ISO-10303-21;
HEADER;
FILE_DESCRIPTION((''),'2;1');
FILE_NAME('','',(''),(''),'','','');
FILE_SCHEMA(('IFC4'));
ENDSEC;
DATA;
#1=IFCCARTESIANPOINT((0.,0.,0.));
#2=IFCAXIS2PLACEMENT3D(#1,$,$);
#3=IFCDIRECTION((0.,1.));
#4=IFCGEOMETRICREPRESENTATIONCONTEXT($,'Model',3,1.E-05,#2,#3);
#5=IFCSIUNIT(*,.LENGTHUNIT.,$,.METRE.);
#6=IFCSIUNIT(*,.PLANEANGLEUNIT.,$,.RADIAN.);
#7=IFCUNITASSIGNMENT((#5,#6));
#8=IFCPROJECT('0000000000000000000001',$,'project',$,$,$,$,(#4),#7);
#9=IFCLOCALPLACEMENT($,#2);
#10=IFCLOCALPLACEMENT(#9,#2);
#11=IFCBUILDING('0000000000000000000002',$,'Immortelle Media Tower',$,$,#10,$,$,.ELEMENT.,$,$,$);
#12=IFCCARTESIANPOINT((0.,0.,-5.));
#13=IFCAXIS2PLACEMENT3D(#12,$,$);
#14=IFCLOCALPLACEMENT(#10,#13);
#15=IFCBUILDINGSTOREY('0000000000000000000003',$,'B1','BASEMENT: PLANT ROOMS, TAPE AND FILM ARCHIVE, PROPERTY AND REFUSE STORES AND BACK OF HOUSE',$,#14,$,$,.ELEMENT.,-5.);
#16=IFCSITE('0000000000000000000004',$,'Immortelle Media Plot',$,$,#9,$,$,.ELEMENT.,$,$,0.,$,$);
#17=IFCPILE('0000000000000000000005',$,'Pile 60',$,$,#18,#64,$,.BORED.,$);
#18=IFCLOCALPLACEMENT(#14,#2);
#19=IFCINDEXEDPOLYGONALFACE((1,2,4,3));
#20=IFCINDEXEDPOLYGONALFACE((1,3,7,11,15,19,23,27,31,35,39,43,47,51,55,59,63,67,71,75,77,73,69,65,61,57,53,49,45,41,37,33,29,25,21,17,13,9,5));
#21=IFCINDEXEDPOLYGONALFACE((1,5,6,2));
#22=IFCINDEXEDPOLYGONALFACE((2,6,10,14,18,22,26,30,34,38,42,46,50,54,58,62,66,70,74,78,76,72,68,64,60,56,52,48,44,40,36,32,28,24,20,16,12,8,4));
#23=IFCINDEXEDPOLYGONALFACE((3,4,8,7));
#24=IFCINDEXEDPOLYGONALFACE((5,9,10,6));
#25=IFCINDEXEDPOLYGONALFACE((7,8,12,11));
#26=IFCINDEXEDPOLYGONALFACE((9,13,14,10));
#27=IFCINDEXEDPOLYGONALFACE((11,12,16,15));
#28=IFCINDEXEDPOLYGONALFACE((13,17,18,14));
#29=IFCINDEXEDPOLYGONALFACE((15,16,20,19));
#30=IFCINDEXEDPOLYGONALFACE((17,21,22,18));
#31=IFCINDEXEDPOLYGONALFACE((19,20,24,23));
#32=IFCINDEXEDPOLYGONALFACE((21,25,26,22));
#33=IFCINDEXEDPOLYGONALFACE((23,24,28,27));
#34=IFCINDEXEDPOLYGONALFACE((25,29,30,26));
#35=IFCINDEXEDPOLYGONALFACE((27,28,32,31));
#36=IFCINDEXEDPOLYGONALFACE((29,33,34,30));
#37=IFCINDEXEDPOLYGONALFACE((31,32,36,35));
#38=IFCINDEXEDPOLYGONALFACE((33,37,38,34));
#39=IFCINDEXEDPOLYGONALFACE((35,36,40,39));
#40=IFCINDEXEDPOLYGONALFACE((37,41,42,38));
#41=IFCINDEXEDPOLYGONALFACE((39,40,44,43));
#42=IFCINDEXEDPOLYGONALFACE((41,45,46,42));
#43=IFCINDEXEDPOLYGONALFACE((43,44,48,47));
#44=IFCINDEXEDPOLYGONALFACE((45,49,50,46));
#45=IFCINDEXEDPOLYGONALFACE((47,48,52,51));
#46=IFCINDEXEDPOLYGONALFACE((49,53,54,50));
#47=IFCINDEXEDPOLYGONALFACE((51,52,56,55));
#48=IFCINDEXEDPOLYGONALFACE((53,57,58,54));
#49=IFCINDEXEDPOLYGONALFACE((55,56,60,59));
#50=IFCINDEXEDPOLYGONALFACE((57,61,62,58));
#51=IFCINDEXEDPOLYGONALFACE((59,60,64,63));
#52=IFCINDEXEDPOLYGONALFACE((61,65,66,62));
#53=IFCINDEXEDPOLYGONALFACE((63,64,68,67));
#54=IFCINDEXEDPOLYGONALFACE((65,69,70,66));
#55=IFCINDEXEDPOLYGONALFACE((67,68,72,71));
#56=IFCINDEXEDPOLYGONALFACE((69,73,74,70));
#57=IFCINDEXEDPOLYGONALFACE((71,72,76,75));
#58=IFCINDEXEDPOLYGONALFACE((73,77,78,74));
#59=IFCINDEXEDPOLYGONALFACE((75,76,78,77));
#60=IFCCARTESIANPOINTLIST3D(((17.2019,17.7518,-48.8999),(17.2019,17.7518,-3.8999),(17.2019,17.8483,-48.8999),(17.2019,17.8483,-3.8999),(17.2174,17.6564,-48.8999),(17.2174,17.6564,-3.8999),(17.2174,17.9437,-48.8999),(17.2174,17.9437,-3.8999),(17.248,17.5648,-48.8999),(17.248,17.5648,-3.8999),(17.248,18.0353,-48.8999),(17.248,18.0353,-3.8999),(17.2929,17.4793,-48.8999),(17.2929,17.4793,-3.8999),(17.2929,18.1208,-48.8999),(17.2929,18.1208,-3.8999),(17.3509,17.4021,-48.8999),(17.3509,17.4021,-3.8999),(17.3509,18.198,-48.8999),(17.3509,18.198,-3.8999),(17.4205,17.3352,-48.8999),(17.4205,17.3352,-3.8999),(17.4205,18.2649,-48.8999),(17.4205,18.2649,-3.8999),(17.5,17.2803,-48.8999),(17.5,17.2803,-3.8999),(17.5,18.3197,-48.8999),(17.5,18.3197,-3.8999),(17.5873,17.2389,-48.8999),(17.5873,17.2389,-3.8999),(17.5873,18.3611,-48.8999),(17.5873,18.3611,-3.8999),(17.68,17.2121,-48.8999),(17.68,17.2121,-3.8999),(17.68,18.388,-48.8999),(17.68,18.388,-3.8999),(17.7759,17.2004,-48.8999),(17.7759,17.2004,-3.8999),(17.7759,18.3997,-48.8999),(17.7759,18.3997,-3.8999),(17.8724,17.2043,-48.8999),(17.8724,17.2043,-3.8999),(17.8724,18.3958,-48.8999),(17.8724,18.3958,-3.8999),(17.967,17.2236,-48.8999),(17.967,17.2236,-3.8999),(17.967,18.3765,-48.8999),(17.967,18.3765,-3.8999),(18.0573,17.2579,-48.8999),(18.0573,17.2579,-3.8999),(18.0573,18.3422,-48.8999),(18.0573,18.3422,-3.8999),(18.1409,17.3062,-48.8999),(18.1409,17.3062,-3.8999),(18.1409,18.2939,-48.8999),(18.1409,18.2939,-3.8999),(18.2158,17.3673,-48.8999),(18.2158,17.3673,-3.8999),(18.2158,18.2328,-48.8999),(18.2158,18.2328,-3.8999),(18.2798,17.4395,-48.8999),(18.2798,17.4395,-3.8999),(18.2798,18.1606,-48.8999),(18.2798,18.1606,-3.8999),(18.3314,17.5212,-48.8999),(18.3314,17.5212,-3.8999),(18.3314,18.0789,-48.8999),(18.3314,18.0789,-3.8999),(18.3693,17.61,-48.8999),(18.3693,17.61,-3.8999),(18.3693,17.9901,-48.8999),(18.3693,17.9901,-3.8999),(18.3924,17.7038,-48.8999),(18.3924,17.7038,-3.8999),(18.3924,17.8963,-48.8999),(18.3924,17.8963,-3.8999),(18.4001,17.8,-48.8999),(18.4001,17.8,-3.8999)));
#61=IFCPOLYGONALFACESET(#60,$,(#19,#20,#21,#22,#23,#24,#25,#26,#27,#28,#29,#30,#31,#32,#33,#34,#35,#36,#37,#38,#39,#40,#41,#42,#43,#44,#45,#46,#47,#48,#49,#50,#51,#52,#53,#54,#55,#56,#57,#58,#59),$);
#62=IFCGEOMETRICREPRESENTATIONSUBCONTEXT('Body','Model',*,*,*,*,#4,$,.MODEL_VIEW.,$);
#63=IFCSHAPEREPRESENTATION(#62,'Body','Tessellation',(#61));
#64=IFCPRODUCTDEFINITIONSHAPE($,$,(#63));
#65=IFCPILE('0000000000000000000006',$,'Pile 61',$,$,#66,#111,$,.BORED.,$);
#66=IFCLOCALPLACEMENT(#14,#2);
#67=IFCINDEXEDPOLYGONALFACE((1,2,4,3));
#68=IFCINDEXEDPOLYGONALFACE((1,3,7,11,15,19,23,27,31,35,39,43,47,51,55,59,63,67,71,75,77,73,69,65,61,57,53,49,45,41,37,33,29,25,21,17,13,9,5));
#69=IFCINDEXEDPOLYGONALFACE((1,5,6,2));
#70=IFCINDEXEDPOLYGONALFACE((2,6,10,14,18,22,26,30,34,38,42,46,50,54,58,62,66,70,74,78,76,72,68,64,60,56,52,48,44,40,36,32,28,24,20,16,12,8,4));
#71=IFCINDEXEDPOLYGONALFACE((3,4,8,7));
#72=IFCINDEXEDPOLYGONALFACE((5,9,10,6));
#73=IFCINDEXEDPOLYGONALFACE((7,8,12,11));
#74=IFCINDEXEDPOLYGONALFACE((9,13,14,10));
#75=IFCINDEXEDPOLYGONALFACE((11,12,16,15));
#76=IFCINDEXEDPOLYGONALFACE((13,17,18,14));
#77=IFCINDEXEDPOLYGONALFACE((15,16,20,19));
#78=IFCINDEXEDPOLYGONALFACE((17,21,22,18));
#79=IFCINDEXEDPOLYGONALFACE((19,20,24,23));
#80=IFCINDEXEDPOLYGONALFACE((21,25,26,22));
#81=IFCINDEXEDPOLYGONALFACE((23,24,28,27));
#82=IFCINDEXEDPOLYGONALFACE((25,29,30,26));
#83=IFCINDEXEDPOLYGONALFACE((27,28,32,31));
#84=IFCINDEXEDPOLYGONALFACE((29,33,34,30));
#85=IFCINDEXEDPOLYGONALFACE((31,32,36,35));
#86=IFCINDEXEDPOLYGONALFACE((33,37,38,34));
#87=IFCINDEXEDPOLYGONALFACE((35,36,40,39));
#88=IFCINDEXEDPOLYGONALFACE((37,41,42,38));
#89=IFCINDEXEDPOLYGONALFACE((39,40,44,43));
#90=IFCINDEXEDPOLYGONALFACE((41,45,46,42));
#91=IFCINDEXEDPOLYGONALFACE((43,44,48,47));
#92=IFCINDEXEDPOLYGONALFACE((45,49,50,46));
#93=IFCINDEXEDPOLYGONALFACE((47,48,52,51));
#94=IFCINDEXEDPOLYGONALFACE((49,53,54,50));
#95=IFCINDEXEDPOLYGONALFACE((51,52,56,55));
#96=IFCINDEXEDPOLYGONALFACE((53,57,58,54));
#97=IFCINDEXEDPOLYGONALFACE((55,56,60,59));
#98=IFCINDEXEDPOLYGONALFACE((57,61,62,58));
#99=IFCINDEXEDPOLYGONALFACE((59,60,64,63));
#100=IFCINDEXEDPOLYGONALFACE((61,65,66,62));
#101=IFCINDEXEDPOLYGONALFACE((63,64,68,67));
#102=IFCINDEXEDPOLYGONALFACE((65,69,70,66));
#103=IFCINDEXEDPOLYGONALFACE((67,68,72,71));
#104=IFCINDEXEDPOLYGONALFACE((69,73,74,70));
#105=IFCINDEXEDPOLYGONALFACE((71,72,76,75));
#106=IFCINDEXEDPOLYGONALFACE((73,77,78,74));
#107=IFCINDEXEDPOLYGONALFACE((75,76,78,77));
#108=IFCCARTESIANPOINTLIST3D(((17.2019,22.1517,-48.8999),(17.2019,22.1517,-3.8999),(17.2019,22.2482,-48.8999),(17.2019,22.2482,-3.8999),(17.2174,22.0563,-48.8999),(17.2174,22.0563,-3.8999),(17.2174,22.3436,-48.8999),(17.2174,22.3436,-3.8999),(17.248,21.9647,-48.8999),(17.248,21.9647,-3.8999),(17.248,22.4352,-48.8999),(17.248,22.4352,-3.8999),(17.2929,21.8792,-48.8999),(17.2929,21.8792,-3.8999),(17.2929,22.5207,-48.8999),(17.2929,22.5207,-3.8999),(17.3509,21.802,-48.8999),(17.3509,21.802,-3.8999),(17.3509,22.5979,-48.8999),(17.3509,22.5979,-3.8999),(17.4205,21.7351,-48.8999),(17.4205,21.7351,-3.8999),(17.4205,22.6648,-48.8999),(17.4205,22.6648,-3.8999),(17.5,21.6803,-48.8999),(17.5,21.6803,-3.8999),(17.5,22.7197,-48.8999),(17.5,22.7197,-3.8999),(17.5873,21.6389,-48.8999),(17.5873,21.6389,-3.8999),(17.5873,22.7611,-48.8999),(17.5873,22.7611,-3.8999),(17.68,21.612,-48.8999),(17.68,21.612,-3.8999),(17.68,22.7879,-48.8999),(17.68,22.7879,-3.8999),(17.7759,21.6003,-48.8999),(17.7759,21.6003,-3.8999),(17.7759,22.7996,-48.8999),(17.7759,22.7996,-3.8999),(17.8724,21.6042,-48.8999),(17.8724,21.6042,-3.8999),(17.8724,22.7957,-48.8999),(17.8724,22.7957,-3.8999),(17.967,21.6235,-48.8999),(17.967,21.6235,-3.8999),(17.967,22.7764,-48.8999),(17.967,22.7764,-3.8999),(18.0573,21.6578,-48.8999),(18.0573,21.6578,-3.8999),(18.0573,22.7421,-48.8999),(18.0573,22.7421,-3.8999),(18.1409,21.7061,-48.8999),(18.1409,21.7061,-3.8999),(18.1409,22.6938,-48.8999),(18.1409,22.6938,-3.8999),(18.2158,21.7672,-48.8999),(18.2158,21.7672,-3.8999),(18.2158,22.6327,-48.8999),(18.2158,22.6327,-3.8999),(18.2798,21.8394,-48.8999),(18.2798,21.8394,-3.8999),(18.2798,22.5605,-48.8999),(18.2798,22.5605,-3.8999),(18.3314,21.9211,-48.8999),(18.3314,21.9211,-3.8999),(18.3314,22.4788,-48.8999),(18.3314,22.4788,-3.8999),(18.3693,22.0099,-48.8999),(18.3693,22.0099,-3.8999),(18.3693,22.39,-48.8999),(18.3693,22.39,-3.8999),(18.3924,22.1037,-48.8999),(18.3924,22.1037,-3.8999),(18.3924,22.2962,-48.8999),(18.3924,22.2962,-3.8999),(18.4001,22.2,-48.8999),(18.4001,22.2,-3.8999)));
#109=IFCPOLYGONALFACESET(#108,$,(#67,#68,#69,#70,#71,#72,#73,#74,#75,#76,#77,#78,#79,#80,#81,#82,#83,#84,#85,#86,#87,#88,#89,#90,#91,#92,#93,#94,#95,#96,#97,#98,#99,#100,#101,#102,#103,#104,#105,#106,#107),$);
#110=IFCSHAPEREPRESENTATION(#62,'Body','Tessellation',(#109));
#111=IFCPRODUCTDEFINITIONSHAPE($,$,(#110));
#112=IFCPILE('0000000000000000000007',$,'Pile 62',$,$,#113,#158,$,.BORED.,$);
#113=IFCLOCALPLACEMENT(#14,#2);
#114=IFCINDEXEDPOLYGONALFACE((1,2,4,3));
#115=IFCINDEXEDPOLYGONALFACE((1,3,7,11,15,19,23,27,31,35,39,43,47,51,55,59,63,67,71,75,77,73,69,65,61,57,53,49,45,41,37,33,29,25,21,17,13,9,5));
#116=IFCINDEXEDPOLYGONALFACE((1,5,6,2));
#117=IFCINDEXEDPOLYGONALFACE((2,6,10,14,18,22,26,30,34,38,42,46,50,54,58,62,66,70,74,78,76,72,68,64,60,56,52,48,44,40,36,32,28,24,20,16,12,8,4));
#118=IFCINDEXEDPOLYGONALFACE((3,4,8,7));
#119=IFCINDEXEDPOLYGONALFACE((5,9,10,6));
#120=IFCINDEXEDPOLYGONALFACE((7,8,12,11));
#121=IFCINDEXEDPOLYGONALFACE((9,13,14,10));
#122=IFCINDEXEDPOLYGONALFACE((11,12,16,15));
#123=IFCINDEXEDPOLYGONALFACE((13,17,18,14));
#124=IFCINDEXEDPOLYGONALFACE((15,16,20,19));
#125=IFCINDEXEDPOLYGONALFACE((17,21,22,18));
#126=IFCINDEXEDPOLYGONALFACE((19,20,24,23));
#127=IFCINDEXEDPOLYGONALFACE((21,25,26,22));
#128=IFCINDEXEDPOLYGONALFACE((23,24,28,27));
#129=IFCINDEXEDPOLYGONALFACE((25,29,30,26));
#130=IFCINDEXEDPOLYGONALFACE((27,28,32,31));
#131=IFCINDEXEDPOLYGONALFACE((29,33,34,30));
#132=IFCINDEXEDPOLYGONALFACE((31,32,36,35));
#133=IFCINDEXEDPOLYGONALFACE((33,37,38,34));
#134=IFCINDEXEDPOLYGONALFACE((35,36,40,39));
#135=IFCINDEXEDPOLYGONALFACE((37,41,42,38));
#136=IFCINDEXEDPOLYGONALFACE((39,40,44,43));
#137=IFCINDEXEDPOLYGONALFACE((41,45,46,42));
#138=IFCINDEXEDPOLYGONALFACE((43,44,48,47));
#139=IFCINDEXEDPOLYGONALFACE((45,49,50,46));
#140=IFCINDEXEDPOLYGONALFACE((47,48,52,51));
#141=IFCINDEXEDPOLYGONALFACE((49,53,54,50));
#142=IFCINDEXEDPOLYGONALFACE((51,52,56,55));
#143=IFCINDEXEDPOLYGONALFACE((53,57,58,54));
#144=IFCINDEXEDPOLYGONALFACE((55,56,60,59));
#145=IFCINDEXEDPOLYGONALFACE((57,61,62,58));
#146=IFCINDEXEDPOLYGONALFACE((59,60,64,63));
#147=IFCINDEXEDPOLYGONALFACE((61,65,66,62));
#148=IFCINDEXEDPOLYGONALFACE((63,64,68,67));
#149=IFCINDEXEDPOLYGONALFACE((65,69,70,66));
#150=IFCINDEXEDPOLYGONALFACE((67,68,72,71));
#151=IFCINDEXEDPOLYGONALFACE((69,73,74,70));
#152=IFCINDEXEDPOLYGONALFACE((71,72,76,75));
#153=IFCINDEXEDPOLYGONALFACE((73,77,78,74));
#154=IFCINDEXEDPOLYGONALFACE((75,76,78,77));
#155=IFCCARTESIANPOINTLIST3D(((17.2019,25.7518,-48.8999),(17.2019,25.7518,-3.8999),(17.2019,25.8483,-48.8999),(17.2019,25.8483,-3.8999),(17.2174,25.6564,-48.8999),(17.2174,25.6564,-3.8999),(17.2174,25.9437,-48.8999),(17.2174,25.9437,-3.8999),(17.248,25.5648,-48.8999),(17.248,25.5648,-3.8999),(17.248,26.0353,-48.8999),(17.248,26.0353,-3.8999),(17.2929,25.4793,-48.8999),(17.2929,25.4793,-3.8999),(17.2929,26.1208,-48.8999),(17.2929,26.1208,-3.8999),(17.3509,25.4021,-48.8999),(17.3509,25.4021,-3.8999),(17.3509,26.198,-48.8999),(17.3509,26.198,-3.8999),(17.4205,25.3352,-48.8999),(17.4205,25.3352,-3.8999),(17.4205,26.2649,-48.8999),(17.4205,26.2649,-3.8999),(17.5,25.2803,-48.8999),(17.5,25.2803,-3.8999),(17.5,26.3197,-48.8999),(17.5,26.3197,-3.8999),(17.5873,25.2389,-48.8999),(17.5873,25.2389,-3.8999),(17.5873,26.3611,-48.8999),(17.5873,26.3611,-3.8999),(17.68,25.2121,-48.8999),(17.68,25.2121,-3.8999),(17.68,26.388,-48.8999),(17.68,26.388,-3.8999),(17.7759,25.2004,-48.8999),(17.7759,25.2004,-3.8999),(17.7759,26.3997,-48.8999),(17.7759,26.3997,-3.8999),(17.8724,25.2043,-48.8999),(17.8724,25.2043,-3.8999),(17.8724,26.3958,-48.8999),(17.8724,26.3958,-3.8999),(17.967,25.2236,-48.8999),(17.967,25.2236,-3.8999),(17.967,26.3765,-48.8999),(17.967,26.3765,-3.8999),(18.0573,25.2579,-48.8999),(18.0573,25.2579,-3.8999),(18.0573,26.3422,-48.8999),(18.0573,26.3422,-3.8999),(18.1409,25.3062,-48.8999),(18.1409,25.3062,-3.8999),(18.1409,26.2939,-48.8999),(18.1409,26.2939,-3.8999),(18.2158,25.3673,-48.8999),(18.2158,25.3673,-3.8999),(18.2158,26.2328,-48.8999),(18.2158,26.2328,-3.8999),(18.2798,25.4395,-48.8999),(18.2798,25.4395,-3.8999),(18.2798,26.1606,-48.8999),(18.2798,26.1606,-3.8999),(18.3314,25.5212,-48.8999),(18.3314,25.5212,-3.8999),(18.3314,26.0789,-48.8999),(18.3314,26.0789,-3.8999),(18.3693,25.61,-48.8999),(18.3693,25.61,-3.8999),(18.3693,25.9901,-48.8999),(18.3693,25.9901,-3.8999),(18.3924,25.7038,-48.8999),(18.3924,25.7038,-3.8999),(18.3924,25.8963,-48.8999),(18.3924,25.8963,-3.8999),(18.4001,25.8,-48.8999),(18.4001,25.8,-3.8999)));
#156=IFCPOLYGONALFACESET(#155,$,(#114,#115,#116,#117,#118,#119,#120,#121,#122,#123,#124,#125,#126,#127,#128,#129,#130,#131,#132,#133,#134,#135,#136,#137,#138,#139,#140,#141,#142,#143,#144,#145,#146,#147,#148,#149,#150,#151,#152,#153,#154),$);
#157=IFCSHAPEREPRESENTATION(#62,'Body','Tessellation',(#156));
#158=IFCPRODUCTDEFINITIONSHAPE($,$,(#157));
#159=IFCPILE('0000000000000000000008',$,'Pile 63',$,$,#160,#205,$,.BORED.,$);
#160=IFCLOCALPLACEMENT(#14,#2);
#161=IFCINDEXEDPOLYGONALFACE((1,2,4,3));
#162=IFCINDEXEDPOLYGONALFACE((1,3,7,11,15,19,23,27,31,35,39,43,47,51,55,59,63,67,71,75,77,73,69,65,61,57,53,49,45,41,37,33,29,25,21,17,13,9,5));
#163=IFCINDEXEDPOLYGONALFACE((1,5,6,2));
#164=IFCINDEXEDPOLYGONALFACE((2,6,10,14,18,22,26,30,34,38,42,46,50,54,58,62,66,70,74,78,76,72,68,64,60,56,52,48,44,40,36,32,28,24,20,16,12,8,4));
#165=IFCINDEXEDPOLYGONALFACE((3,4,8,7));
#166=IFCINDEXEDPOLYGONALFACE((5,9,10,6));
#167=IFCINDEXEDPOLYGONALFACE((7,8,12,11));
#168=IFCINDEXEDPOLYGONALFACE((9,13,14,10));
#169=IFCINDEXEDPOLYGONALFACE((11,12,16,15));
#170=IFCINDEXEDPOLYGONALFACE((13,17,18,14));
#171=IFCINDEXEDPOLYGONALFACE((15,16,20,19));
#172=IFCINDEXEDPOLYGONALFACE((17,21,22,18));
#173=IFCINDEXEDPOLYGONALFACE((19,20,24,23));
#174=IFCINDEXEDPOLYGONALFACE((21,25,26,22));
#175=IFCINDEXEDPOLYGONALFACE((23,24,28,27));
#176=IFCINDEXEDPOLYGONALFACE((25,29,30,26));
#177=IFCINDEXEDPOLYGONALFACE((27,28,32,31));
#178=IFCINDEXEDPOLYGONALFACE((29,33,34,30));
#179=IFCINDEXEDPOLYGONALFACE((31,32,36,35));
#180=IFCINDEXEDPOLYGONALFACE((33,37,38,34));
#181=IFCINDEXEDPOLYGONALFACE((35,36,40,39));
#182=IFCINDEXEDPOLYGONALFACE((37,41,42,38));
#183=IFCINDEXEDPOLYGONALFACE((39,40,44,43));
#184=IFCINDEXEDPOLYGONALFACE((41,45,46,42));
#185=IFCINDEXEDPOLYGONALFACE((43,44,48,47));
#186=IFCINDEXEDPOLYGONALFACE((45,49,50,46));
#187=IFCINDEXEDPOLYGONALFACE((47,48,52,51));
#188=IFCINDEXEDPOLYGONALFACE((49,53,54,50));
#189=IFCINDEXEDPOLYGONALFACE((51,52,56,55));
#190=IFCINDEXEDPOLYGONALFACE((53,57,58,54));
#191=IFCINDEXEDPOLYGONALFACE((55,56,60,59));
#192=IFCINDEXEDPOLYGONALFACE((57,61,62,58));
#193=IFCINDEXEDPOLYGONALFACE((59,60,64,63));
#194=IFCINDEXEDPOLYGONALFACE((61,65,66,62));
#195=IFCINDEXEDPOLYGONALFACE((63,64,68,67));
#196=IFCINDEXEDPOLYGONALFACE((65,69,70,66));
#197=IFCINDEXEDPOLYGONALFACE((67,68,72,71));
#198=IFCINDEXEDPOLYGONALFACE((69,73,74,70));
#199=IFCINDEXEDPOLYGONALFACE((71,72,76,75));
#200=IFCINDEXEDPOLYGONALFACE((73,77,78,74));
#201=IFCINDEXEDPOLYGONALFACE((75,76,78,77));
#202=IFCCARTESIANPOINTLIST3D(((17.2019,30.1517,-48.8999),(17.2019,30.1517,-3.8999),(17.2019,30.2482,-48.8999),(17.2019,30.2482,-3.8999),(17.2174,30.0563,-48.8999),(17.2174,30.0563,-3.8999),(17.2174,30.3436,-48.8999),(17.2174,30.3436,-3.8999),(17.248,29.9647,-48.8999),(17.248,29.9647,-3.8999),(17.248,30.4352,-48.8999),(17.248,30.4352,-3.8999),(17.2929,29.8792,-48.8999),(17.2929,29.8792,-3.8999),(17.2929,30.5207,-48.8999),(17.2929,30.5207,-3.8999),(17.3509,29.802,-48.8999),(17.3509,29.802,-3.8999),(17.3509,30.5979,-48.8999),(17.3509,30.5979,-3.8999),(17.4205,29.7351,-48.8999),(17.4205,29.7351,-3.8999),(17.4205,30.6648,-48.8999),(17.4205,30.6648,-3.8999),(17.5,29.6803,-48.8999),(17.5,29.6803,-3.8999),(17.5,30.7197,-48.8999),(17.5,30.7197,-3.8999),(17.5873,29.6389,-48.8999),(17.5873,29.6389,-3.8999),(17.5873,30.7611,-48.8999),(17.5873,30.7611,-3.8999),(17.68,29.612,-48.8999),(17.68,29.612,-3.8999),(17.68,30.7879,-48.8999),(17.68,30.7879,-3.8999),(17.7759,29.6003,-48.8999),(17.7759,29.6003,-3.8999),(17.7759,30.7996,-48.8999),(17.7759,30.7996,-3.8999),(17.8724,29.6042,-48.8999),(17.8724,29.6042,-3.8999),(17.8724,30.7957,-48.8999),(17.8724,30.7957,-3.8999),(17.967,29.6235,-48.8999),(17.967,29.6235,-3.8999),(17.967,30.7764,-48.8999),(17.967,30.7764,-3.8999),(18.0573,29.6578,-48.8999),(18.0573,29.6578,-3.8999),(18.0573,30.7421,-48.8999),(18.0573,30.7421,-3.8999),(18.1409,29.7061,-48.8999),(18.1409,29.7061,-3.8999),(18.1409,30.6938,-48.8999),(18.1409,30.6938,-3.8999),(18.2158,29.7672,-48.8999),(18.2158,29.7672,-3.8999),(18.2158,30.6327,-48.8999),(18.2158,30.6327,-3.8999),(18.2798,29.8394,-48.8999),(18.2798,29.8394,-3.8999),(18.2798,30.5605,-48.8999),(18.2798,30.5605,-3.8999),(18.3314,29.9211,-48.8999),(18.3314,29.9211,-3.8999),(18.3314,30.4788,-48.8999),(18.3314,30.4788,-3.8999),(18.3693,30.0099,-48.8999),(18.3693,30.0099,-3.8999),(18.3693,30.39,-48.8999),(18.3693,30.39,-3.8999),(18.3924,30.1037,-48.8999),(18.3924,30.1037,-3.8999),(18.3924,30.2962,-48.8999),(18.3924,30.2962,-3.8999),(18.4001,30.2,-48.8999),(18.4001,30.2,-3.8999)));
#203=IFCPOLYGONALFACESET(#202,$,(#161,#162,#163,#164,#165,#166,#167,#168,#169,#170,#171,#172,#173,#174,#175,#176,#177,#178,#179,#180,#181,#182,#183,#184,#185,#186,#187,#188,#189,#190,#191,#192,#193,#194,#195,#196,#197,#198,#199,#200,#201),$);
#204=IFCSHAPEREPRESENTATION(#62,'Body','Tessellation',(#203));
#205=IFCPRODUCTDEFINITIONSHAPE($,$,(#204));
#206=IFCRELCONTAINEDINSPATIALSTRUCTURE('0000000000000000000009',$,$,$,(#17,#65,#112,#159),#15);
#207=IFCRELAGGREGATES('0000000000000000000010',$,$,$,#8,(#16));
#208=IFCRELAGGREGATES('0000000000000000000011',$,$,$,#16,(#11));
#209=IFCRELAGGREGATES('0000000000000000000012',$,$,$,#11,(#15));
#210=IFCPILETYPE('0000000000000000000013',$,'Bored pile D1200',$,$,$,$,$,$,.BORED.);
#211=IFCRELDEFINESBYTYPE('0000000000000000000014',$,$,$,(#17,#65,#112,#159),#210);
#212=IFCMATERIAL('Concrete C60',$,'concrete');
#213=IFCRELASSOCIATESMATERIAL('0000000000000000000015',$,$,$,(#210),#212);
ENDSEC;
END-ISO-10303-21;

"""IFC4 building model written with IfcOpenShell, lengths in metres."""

from ifc_helpers import new_model, si_unit, direction, frame, origin, origin_2d, place, context, subcontext, project, spatial, circle, extrude, material, material_profile, profile_set, type_object, element, save


model = new_model("IFC4")

# Units and contexts
model_context = context("Model", 3, precision=1e-05, world=origin(), true_north=direction((0.0, 1.0)))
body_context = subcontext(model_context, "Body", "Model", "MODEL_VIEW")
ifc_project = project(units=[si_unit("LENGTHUNIT", "METRE"), si_unit("PLANEANGLEUNIT", "RADIAN")], contexts=[model_context])

# Site, building, storey
site_placement = place(None, origin())
site = spatial("IfcSite", under=ifc_project, at=site_placement, Name="Immortelle Media Plot", CompositionType="ELEMENT", RefElevation=0.0)
building_placement = place(site_placement, origin())
building = spatial("IfcBuilding", under=site, at=building_placement, Name="Immortelle Media Tower", CompositionType="ELEMENT")
storey_placement = place(building_placement, frame((0.0, 0.0, -5.0)))
storey = spatial("IfcBuildingStorey", under=building, at=storey_placement, Name="B1", Description="BASEMENT: PLANT ROOMS, TAPE AND FILM ARCHIVE, PROPERTY AND REFUSE STORES AND BACK OF HOUSE", CompositionType="ELEMENT", Elevation=-5.0)

# Piles
ifc_material_1 = material(Name="Concrete C60", Category="concrete")
ifc_material_profile_1 = material_profile(ifc_material_1, circle(Radius=0.6001, at=origin_2d()), Name="Bored pile D1200")
ifc_profile_set_1 = profile_set([ifc_material_profile_1], Name="Concrete C60")
pile_type = type_object("IfcPileType", Name="Bored pile D1200", PredefinedType="BORED", material=ifc_profile_set_1)
for number, where, z_axis, x_axis, name in (
    (1, (17.8, 17.8, -3.8999), (0.0, 0.0, -1.0), (1.0, 0.0, 0.0), "Pile 60"),
    (2, (17.8, 22.2, -3.8999), (0.0, 0.0, -1.0), (1.0, 0.0, 0.0), "Pile 61"),
    (3, (17.8, 25.8, -3.8999), (0.0, 0.0, -1.0), (1.0, 0.0, 0.0), "Pile 62"),
    (4, (17.8, 30.2, -3.8999), (0.0, 0.0, -1.0), (1.0, 0.0, 0.0), "Pile 63"),
):
    element("IfcPile", number, at=place(storey_placement, frame(where, z_axis=z_axis, x_axis=x_axis)), inside=storey, type_object=pile_type, Name=name, PredefinedType="BORED", context=body_context, shape_type="SweptSolid", body=[
        extrude(circle(Radius=0.6001, at=origin_2d()), origin(), (0.0, 0.0, 1.0), 45.0),
    ])

save(model, "model.ifc")
